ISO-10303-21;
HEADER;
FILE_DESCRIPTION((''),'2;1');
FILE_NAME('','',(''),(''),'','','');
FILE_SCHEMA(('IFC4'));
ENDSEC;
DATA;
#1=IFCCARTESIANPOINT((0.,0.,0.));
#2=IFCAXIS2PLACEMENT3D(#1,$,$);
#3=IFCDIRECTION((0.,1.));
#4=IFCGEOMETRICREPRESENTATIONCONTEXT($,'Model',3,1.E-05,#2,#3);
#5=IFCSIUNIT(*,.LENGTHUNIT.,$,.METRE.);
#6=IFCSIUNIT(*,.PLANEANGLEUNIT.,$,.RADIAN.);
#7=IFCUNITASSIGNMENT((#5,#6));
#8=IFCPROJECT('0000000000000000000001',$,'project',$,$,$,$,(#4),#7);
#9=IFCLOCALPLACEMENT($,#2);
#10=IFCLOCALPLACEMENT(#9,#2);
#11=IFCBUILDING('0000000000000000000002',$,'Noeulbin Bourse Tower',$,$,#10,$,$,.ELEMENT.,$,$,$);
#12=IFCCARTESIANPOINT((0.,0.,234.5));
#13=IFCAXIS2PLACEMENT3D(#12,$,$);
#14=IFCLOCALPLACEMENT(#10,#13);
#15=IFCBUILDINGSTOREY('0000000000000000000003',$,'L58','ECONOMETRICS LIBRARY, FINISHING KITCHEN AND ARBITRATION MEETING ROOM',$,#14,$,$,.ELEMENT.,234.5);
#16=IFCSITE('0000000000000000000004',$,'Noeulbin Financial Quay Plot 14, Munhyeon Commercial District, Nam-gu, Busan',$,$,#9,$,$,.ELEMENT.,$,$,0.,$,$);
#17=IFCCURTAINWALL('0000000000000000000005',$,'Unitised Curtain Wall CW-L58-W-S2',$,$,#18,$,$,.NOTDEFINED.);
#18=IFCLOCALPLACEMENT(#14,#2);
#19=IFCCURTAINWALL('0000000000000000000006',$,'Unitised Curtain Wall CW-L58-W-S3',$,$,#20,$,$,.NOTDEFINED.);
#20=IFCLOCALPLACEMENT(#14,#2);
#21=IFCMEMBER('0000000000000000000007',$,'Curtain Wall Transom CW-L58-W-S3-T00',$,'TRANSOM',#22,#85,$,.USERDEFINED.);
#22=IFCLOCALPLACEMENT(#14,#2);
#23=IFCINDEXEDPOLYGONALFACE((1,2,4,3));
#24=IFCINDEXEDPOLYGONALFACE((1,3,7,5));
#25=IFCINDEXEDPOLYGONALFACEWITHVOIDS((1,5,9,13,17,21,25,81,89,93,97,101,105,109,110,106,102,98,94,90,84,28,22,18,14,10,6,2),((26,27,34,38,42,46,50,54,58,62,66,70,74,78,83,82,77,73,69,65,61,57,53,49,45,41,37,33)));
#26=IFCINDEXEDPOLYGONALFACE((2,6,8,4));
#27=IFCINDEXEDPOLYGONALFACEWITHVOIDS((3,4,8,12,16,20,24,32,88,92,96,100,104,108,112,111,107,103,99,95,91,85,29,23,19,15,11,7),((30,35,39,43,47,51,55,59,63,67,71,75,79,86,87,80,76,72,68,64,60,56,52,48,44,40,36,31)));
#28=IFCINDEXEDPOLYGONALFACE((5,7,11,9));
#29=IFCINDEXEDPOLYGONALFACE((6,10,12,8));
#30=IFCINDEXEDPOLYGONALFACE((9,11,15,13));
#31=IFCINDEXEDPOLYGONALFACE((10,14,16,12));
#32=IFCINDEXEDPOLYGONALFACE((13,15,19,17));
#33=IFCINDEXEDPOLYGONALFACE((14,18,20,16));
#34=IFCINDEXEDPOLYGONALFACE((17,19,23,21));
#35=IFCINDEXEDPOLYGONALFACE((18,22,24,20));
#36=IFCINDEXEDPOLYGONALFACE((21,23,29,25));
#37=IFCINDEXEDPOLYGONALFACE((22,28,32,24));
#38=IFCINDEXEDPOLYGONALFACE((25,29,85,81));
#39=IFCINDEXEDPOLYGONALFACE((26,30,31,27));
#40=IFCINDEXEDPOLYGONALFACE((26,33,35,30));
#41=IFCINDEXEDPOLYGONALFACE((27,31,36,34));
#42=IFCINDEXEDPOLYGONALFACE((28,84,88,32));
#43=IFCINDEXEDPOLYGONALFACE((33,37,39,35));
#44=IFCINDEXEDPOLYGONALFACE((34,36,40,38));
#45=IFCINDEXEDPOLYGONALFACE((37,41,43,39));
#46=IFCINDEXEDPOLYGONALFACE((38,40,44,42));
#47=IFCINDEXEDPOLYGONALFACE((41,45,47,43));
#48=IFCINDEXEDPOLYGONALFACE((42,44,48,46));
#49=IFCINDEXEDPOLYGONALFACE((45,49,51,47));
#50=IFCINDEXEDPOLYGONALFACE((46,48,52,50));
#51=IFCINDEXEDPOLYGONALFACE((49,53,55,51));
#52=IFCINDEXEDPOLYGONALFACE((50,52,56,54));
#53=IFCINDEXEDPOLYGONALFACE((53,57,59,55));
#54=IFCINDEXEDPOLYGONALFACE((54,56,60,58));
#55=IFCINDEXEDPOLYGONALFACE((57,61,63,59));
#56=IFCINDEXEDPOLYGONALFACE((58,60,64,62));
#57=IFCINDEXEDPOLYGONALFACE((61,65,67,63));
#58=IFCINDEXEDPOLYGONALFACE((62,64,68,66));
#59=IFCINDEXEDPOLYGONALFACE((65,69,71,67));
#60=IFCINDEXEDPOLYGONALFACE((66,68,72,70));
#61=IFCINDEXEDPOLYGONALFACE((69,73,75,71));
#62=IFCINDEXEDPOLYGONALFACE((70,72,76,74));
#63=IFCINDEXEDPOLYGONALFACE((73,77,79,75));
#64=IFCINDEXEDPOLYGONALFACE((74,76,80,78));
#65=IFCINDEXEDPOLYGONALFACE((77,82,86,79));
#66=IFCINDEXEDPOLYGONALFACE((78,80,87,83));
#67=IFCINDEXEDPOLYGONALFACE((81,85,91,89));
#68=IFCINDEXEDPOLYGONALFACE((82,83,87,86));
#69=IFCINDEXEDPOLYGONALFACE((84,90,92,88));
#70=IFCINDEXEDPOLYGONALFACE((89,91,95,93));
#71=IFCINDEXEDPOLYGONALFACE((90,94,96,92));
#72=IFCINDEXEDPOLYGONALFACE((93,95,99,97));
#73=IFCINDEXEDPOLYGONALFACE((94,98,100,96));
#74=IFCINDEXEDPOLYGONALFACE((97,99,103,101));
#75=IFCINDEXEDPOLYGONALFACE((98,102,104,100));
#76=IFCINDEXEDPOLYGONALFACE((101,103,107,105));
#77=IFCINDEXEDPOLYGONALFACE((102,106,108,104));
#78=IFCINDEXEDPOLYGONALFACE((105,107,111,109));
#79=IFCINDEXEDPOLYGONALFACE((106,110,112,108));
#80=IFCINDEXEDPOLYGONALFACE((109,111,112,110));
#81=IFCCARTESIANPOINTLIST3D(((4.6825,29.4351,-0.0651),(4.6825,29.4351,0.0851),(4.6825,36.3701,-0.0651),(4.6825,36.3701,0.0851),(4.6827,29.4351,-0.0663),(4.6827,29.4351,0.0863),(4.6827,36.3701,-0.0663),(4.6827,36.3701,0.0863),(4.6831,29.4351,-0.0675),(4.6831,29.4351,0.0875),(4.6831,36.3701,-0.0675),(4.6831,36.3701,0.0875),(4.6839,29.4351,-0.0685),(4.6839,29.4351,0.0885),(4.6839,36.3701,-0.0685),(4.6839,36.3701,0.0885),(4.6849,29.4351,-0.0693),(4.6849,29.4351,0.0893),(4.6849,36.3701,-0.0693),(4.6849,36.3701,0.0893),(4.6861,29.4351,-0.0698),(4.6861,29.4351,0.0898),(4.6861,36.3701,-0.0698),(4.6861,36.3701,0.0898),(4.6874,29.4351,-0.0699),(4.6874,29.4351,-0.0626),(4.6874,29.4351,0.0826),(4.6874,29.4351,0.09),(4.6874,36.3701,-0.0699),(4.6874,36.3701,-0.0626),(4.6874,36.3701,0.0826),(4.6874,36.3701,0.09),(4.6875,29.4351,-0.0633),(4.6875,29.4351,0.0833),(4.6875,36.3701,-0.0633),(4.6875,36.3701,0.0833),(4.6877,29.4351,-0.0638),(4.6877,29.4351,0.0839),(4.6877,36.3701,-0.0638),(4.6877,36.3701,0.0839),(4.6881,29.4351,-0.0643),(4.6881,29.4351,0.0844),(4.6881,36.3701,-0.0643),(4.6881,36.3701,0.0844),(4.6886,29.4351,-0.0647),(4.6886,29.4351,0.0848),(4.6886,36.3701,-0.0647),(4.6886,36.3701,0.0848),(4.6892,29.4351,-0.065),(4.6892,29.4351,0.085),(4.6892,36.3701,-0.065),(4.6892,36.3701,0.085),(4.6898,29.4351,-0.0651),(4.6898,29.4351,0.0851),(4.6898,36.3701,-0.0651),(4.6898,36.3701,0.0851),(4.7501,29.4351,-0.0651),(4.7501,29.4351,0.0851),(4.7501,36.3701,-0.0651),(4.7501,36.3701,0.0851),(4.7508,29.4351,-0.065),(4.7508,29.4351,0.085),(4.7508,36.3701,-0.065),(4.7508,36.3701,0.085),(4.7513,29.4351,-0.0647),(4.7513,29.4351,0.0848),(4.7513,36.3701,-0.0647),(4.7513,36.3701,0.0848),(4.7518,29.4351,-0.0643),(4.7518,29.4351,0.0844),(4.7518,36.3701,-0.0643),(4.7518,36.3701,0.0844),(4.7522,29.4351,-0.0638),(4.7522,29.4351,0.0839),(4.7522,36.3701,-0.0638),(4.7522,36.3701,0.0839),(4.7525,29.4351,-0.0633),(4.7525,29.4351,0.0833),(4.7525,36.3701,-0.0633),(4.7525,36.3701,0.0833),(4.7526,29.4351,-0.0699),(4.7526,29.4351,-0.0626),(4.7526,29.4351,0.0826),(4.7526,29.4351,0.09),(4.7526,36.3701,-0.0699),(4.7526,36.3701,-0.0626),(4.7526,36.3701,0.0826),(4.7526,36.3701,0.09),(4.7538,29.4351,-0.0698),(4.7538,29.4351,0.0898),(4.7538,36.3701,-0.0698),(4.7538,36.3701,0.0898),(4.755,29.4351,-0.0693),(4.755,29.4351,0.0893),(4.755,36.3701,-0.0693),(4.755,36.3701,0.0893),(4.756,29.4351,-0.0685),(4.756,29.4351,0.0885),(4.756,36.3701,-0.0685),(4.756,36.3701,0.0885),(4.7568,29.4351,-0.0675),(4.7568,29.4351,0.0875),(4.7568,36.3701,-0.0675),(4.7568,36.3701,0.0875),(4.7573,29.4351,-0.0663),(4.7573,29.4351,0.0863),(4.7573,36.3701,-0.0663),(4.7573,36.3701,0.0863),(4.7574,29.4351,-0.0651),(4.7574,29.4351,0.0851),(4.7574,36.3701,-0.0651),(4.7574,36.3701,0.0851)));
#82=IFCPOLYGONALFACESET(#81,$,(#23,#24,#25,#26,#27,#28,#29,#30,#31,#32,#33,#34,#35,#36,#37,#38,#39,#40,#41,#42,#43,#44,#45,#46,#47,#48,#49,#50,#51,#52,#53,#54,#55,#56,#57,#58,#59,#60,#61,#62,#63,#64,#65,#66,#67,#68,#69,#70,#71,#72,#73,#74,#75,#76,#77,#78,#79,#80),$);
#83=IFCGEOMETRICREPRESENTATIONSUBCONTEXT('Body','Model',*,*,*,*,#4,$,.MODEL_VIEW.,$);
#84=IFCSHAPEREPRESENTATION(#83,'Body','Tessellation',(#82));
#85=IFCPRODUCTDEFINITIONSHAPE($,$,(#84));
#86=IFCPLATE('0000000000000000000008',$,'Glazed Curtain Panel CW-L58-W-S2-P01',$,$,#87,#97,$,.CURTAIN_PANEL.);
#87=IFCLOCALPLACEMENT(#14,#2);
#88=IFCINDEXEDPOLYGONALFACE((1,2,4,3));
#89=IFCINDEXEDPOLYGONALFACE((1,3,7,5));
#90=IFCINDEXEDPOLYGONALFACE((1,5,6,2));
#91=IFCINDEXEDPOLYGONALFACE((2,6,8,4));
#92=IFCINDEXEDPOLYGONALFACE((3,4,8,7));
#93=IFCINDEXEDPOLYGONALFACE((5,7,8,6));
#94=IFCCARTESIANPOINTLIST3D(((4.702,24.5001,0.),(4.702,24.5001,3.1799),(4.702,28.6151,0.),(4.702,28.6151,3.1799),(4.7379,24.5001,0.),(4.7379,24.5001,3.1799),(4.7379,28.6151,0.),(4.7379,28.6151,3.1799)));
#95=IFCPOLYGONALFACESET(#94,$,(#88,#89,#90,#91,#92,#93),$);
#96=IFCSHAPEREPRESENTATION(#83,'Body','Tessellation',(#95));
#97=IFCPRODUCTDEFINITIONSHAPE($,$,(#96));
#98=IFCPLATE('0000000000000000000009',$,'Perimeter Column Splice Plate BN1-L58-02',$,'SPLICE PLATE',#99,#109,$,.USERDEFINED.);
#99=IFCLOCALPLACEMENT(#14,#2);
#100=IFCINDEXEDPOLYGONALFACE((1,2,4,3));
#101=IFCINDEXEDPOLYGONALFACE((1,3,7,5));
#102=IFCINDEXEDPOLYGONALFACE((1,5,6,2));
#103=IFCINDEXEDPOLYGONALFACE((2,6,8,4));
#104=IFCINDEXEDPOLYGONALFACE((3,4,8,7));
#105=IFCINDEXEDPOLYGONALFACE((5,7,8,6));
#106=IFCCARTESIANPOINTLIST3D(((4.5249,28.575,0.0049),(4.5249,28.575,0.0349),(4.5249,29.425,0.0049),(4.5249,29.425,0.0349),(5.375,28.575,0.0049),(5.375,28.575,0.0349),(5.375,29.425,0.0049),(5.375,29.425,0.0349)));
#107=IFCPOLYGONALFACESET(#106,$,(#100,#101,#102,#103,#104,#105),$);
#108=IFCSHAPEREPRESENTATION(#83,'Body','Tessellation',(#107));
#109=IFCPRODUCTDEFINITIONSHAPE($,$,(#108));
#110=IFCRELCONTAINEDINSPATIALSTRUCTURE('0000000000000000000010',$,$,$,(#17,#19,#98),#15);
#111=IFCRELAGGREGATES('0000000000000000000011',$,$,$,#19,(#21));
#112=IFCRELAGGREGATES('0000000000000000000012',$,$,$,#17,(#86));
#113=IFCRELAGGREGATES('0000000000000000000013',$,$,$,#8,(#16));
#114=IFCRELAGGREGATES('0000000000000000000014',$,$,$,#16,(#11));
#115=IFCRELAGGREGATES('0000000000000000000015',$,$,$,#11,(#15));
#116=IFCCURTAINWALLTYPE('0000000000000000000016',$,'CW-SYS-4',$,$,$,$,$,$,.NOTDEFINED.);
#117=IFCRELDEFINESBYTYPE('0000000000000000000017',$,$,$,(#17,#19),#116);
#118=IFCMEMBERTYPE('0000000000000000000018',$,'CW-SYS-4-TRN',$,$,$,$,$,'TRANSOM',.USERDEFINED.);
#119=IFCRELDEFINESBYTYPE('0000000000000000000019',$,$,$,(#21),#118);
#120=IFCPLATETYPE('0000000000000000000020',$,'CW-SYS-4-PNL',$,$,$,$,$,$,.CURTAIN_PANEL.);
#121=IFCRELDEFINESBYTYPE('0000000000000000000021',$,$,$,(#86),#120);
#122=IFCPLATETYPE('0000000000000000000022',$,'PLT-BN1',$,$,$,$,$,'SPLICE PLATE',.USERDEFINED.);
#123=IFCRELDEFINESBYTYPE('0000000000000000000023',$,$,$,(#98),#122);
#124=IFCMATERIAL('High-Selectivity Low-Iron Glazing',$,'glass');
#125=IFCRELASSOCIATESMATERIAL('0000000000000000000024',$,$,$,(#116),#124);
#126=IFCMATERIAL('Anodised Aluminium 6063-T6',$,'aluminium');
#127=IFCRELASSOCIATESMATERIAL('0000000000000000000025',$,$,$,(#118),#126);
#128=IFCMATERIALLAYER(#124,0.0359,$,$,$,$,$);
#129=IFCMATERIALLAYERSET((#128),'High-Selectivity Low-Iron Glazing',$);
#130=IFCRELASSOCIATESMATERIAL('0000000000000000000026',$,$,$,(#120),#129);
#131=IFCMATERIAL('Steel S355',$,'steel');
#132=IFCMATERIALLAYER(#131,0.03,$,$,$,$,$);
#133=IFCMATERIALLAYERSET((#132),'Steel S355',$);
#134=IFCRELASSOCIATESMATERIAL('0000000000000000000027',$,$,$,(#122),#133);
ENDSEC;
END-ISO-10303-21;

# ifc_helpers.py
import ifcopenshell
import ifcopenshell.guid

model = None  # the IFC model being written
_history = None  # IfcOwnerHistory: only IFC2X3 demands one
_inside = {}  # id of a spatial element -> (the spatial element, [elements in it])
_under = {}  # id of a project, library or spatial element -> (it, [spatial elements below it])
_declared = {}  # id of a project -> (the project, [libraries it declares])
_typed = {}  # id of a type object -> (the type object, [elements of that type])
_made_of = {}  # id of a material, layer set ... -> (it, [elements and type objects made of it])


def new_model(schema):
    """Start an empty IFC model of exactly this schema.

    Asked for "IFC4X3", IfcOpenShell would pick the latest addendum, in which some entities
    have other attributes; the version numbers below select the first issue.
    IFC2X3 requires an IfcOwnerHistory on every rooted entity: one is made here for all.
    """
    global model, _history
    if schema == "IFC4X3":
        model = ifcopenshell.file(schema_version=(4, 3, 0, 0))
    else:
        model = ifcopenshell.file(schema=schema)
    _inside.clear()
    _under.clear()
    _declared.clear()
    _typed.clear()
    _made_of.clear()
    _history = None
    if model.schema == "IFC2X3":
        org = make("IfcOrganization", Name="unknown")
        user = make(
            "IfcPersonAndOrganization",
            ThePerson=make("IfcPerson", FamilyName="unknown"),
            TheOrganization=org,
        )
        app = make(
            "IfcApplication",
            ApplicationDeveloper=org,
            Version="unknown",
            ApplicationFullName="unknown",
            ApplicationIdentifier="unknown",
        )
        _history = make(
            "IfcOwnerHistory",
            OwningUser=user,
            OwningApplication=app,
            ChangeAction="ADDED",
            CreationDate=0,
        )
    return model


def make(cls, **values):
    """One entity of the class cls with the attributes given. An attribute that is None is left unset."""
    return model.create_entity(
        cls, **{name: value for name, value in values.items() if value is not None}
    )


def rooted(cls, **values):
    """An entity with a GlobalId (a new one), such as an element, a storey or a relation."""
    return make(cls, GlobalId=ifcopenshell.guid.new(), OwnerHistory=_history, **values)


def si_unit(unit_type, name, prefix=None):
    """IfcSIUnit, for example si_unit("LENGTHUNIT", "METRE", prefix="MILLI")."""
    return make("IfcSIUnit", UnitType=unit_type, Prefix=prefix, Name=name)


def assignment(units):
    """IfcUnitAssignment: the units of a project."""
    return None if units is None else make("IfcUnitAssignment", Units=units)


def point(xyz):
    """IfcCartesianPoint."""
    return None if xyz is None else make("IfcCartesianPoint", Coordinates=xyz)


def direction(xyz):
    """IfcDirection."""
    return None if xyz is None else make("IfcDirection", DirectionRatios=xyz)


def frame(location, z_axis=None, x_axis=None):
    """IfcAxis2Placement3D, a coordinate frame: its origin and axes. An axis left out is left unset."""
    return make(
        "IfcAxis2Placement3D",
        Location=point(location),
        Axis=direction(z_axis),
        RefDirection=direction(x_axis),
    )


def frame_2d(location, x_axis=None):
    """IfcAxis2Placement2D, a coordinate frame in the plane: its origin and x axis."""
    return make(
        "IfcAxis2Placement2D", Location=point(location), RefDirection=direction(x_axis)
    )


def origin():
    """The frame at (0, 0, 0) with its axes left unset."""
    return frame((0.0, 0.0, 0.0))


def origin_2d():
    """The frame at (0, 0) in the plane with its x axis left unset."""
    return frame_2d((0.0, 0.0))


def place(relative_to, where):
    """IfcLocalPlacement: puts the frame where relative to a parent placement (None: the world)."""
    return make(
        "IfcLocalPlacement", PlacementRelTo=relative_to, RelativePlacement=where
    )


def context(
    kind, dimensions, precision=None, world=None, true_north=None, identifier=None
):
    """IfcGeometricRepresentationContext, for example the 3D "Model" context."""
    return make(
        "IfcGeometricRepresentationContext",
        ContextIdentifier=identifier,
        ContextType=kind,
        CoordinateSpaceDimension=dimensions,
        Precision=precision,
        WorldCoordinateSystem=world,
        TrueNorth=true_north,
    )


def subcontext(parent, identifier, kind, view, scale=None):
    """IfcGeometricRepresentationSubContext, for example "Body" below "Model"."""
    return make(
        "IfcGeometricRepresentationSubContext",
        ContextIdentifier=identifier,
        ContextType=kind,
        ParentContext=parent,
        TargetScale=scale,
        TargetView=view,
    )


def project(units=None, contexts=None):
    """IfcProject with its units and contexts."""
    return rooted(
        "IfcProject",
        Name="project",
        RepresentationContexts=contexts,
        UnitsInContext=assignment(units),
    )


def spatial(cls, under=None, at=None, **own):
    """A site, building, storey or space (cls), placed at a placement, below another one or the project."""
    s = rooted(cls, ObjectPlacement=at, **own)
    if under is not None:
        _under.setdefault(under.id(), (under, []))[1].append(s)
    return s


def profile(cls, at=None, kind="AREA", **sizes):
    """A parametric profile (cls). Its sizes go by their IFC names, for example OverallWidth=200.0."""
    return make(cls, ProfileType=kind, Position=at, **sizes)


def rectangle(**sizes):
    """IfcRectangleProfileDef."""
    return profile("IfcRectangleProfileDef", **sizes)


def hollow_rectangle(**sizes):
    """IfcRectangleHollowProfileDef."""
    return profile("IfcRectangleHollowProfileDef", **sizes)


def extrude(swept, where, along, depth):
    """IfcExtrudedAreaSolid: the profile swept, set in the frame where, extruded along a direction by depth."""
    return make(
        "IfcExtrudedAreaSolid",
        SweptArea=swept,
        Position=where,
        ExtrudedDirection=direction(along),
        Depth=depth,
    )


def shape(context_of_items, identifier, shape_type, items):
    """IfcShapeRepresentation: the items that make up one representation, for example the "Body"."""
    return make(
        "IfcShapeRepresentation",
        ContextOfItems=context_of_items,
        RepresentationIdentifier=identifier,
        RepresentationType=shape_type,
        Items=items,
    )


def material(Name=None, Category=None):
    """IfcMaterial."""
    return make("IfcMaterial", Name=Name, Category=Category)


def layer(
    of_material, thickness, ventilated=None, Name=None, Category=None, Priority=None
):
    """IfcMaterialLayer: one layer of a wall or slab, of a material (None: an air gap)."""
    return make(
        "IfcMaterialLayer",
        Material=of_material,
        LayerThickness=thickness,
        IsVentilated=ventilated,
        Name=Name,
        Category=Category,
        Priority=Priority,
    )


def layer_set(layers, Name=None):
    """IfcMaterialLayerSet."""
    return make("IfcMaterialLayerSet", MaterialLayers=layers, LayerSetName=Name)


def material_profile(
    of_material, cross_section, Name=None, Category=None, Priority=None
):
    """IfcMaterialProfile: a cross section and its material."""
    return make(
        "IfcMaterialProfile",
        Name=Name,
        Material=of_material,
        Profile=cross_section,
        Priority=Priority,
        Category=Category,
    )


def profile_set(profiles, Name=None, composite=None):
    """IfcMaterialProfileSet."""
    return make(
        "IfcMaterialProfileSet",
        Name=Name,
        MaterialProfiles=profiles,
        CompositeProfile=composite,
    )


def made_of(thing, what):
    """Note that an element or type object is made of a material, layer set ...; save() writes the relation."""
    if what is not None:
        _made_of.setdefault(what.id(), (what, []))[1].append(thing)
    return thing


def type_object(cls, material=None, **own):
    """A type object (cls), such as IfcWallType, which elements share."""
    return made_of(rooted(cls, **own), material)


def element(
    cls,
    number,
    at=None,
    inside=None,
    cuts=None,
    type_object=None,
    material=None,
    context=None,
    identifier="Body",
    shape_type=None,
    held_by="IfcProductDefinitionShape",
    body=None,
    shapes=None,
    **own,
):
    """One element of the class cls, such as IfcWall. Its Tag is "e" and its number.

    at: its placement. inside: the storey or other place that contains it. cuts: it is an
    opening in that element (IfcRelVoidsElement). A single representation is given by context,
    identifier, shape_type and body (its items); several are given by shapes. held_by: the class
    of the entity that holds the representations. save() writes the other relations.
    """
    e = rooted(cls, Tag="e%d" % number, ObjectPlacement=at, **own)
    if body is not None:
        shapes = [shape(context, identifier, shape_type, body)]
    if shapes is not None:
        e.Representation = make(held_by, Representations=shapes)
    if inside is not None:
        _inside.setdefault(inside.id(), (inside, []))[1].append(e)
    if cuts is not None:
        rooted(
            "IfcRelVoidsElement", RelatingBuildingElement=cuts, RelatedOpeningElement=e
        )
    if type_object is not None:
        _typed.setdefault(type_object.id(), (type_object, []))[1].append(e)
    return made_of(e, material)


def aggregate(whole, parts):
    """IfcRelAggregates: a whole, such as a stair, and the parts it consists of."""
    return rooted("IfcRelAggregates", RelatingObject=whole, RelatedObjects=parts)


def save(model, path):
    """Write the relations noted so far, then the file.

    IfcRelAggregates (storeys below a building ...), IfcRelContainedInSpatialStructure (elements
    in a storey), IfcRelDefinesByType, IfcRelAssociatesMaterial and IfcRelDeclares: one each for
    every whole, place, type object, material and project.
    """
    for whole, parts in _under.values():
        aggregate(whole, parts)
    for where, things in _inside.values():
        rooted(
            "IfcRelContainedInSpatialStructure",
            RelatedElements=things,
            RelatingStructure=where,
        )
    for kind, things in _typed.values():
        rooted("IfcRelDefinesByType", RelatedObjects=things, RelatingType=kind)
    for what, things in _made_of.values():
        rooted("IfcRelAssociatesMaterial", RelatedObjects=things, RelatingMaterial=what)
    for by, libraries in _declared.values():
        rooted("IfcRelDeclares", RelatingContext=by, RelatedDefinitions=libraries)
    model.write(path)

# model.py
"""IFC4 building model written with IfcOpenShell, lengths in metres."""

from ifc_helpers import new_model, si_unit, direction, frame, origin, origin_2d, place, context, subcontext, project, spatial, rectangle, hollow_rectangle, extrude, material, layer, layer_set, material_profile, profile_set, type_object, element, aggregate, save


model = new_model("IFC4")

# Units and contexts
model_context = context("Model", 3, precision=1e-05, world=origin(), true_north=direction((0.0, 1.0)))
body_context = subcontext(model_context, "Body", "Model", "MODEL_VIEW")
ifc_project = project(units=[si_unit("LENGTHUNIT", "METRE"), si_unit("PLANEANGLEUNIT", "RADIAN")], contexts=[model_context])

# Site, building, storey
site_placement = place(None, origin())
site = spatial("IfcSite", under=ifc_project, at=site_placement, Name="Noeulbin Financial Quay Plot 14, Munhyeon Commercial District, Nam-gu, Busan", CompositionType="ELEMENT", RefElevation=0.0)
building_placement = place(site_placement, origin())
building = spatial("IfcBuilding", under=site, at=building_placement, Name="Noeulbin Bourse Tower", CompositionType="ELEMENT")
storey_placement = place(building_placement, frame((0.0, 0.0, 234.5)))
storey = spatial("IfcBuildingStorey", under=building, at=storey_placement, Name="L58", Description="ECONOMETRICS LIBRARY, FINISHING KITCHEN AND ARBITRATION MEETING ROOM", CompositionType="ELEMENT", Elevation=234.5)

# Shared definitions
ifc_material_1 = material(Name="Steel S355", Category="steel")

# Curtain walls, member
ifc_material_2 = material(Name="High-Selectivity Low-Iron Glazing", Category="glass")
curtain_wall_type = type_object("IfcCurtainWallType", Name="CW-SYS-4", PredefinedType="NOTDEFINED", material=ifc_material_2)
curtain_wall_1_placement = place(storey_placement, origin())
curtain_wall_1 = element("IfcCurtainWall", 1, at=curtain_wall_1_placement, inside=storey, type_object=curtain_wall_type, Name="Unitised Curtain Wall CW-L58-W-S2", PredefinedType="NOTDEFINED")
ifc_material_3 = material(Name="Anodised Aluminium 6063-T6", Category="aluminium")
curtain_wall_2_placement = place(storey_placement, origin())
curtain_wall_2 = element("IfcCurtainWall", 2, at=curtain_wall_2_placement, inside=storey, type_object=curtain_wall_type, Name="Unitised Curtain Wall CW-L58-W-S3", PredefinedType="NOTDEFINED")
ifc_material_profile_1 = material_profile(ifc_material_3, hollow_rectangle(XDim=0.075, YDim=0.1599, WallThickness=0.0049, InnerFilletRadius=0.0024, OuterFilletRadius=0.0049, at=origin_2d()), Name="ALU-TRAN-75x160x5", Category="LoadBearing")
ifc_profile_set_1 = profile_set([ifc_material_profile_1], Name="Anodised Aluminium 6063-T6")
member_type_1 = type_object("IfcMemberType", Name="CW-SYS-4-TRN", ElementType="TRANSOM", PredefinedType="USERDEFINED", material=ifc_profile_set_1)
member_1_placement = place(storey_placement, frame((4.72, 29.4351, 0.01), z_axis=(0.0, 1.0, 0.0), x_axis=(-1.0, 0.0, 0.0)))
member_1 = element("IfcMember", 3, at=member_1_placement, type_object=member_type_1, Name="Curtain Wall Transom CW-L58-W-S3-T00", ObjectType="TRANSOM", PredefinedType="USERDEFINED", context=body_context, shape_type="SweptSolid", body=[
    extrude(hollow_rectangle(XDim=0.075, YDim=0.1599, WallThickness=0.0049, InnerFilletRadius=0.0024, OuterFilletRadius=0.0049, at=origin_2d()), origin(), (0.0, 0.0, 1.0), 6.9351),
])
aggregate(curtain_wall_2, [member_1])

# Plates
ifc_layer_1 = layer(ifc_material_2, 0.0359)
ifc_layer_set_1 = layer_set([ifc_layer_1], Name="High-Selectivity Low-Iron Glazing")
plate_type_1 = type_object("IfcPlateType", Name="CW-SYS-4-PNL", PredefinedType="CURTAIN_PANEL", material=ifc_layer_set_1)
plate_1_placement = place(storey_placement, frame((4.72, 26.5576, 0.0), z_axis=(0.0, 0.0, 1.0), x_axis=(0.0, 1.0, 0.0)))
plate_1 = element("IfcPlate", 4, at=plate_1_placement, type_object=plate_type_1, Name="Glazed Curtain Panel CW-L58-W-S2-P01", PredefinedType="CURTAIN_PANEL", context=body_context, shape_type="SweptSolid", body=[
    extrude(rectangle(XDim=4.115, YDim=0.0359, at=origin_2d()), origin(), (0.0, 0.0, 1.0), 3.1799),
])
aggregate(curtain_wall_1, [plate_1])
ifc_layer_2 = layer(ifc_material_1, 0.03)
ifc_layer_set_2 = layer_set([ifc_layer_2], Name="Steel S355")
plate_type_2 = type_object("IfcPlateType", Name="PLT-BN1", ElementType="SPLICE PLATE", PredefinedType="USERDEFINED", material=ifc_layer_set_2)
plate_2_placement = place(storey_placement, frame((4.95, 29.0, 0.0049), z_axis=(0.0, 0.0, 1.0), x_axis=(1.0, 0.0, 0.0)))
element("IfcPlate", 5, at=plate_2_placement, inside=storey, type_object=plate_type_2, Name="Perimeter Column Splice Plate BN1-L58-02", ObjectType="SPLICE PLATE", PredefinedType="USERDEFINED", context=body_context, shape_type="SweptSolid", body=[
    extrude(rectangle(XDim=0.8501, YDim=0.8501, at=origin_2d()), origin(), (0.0, 0.0, 1.0), 0.03),
])

save(model, "model.ifc")
